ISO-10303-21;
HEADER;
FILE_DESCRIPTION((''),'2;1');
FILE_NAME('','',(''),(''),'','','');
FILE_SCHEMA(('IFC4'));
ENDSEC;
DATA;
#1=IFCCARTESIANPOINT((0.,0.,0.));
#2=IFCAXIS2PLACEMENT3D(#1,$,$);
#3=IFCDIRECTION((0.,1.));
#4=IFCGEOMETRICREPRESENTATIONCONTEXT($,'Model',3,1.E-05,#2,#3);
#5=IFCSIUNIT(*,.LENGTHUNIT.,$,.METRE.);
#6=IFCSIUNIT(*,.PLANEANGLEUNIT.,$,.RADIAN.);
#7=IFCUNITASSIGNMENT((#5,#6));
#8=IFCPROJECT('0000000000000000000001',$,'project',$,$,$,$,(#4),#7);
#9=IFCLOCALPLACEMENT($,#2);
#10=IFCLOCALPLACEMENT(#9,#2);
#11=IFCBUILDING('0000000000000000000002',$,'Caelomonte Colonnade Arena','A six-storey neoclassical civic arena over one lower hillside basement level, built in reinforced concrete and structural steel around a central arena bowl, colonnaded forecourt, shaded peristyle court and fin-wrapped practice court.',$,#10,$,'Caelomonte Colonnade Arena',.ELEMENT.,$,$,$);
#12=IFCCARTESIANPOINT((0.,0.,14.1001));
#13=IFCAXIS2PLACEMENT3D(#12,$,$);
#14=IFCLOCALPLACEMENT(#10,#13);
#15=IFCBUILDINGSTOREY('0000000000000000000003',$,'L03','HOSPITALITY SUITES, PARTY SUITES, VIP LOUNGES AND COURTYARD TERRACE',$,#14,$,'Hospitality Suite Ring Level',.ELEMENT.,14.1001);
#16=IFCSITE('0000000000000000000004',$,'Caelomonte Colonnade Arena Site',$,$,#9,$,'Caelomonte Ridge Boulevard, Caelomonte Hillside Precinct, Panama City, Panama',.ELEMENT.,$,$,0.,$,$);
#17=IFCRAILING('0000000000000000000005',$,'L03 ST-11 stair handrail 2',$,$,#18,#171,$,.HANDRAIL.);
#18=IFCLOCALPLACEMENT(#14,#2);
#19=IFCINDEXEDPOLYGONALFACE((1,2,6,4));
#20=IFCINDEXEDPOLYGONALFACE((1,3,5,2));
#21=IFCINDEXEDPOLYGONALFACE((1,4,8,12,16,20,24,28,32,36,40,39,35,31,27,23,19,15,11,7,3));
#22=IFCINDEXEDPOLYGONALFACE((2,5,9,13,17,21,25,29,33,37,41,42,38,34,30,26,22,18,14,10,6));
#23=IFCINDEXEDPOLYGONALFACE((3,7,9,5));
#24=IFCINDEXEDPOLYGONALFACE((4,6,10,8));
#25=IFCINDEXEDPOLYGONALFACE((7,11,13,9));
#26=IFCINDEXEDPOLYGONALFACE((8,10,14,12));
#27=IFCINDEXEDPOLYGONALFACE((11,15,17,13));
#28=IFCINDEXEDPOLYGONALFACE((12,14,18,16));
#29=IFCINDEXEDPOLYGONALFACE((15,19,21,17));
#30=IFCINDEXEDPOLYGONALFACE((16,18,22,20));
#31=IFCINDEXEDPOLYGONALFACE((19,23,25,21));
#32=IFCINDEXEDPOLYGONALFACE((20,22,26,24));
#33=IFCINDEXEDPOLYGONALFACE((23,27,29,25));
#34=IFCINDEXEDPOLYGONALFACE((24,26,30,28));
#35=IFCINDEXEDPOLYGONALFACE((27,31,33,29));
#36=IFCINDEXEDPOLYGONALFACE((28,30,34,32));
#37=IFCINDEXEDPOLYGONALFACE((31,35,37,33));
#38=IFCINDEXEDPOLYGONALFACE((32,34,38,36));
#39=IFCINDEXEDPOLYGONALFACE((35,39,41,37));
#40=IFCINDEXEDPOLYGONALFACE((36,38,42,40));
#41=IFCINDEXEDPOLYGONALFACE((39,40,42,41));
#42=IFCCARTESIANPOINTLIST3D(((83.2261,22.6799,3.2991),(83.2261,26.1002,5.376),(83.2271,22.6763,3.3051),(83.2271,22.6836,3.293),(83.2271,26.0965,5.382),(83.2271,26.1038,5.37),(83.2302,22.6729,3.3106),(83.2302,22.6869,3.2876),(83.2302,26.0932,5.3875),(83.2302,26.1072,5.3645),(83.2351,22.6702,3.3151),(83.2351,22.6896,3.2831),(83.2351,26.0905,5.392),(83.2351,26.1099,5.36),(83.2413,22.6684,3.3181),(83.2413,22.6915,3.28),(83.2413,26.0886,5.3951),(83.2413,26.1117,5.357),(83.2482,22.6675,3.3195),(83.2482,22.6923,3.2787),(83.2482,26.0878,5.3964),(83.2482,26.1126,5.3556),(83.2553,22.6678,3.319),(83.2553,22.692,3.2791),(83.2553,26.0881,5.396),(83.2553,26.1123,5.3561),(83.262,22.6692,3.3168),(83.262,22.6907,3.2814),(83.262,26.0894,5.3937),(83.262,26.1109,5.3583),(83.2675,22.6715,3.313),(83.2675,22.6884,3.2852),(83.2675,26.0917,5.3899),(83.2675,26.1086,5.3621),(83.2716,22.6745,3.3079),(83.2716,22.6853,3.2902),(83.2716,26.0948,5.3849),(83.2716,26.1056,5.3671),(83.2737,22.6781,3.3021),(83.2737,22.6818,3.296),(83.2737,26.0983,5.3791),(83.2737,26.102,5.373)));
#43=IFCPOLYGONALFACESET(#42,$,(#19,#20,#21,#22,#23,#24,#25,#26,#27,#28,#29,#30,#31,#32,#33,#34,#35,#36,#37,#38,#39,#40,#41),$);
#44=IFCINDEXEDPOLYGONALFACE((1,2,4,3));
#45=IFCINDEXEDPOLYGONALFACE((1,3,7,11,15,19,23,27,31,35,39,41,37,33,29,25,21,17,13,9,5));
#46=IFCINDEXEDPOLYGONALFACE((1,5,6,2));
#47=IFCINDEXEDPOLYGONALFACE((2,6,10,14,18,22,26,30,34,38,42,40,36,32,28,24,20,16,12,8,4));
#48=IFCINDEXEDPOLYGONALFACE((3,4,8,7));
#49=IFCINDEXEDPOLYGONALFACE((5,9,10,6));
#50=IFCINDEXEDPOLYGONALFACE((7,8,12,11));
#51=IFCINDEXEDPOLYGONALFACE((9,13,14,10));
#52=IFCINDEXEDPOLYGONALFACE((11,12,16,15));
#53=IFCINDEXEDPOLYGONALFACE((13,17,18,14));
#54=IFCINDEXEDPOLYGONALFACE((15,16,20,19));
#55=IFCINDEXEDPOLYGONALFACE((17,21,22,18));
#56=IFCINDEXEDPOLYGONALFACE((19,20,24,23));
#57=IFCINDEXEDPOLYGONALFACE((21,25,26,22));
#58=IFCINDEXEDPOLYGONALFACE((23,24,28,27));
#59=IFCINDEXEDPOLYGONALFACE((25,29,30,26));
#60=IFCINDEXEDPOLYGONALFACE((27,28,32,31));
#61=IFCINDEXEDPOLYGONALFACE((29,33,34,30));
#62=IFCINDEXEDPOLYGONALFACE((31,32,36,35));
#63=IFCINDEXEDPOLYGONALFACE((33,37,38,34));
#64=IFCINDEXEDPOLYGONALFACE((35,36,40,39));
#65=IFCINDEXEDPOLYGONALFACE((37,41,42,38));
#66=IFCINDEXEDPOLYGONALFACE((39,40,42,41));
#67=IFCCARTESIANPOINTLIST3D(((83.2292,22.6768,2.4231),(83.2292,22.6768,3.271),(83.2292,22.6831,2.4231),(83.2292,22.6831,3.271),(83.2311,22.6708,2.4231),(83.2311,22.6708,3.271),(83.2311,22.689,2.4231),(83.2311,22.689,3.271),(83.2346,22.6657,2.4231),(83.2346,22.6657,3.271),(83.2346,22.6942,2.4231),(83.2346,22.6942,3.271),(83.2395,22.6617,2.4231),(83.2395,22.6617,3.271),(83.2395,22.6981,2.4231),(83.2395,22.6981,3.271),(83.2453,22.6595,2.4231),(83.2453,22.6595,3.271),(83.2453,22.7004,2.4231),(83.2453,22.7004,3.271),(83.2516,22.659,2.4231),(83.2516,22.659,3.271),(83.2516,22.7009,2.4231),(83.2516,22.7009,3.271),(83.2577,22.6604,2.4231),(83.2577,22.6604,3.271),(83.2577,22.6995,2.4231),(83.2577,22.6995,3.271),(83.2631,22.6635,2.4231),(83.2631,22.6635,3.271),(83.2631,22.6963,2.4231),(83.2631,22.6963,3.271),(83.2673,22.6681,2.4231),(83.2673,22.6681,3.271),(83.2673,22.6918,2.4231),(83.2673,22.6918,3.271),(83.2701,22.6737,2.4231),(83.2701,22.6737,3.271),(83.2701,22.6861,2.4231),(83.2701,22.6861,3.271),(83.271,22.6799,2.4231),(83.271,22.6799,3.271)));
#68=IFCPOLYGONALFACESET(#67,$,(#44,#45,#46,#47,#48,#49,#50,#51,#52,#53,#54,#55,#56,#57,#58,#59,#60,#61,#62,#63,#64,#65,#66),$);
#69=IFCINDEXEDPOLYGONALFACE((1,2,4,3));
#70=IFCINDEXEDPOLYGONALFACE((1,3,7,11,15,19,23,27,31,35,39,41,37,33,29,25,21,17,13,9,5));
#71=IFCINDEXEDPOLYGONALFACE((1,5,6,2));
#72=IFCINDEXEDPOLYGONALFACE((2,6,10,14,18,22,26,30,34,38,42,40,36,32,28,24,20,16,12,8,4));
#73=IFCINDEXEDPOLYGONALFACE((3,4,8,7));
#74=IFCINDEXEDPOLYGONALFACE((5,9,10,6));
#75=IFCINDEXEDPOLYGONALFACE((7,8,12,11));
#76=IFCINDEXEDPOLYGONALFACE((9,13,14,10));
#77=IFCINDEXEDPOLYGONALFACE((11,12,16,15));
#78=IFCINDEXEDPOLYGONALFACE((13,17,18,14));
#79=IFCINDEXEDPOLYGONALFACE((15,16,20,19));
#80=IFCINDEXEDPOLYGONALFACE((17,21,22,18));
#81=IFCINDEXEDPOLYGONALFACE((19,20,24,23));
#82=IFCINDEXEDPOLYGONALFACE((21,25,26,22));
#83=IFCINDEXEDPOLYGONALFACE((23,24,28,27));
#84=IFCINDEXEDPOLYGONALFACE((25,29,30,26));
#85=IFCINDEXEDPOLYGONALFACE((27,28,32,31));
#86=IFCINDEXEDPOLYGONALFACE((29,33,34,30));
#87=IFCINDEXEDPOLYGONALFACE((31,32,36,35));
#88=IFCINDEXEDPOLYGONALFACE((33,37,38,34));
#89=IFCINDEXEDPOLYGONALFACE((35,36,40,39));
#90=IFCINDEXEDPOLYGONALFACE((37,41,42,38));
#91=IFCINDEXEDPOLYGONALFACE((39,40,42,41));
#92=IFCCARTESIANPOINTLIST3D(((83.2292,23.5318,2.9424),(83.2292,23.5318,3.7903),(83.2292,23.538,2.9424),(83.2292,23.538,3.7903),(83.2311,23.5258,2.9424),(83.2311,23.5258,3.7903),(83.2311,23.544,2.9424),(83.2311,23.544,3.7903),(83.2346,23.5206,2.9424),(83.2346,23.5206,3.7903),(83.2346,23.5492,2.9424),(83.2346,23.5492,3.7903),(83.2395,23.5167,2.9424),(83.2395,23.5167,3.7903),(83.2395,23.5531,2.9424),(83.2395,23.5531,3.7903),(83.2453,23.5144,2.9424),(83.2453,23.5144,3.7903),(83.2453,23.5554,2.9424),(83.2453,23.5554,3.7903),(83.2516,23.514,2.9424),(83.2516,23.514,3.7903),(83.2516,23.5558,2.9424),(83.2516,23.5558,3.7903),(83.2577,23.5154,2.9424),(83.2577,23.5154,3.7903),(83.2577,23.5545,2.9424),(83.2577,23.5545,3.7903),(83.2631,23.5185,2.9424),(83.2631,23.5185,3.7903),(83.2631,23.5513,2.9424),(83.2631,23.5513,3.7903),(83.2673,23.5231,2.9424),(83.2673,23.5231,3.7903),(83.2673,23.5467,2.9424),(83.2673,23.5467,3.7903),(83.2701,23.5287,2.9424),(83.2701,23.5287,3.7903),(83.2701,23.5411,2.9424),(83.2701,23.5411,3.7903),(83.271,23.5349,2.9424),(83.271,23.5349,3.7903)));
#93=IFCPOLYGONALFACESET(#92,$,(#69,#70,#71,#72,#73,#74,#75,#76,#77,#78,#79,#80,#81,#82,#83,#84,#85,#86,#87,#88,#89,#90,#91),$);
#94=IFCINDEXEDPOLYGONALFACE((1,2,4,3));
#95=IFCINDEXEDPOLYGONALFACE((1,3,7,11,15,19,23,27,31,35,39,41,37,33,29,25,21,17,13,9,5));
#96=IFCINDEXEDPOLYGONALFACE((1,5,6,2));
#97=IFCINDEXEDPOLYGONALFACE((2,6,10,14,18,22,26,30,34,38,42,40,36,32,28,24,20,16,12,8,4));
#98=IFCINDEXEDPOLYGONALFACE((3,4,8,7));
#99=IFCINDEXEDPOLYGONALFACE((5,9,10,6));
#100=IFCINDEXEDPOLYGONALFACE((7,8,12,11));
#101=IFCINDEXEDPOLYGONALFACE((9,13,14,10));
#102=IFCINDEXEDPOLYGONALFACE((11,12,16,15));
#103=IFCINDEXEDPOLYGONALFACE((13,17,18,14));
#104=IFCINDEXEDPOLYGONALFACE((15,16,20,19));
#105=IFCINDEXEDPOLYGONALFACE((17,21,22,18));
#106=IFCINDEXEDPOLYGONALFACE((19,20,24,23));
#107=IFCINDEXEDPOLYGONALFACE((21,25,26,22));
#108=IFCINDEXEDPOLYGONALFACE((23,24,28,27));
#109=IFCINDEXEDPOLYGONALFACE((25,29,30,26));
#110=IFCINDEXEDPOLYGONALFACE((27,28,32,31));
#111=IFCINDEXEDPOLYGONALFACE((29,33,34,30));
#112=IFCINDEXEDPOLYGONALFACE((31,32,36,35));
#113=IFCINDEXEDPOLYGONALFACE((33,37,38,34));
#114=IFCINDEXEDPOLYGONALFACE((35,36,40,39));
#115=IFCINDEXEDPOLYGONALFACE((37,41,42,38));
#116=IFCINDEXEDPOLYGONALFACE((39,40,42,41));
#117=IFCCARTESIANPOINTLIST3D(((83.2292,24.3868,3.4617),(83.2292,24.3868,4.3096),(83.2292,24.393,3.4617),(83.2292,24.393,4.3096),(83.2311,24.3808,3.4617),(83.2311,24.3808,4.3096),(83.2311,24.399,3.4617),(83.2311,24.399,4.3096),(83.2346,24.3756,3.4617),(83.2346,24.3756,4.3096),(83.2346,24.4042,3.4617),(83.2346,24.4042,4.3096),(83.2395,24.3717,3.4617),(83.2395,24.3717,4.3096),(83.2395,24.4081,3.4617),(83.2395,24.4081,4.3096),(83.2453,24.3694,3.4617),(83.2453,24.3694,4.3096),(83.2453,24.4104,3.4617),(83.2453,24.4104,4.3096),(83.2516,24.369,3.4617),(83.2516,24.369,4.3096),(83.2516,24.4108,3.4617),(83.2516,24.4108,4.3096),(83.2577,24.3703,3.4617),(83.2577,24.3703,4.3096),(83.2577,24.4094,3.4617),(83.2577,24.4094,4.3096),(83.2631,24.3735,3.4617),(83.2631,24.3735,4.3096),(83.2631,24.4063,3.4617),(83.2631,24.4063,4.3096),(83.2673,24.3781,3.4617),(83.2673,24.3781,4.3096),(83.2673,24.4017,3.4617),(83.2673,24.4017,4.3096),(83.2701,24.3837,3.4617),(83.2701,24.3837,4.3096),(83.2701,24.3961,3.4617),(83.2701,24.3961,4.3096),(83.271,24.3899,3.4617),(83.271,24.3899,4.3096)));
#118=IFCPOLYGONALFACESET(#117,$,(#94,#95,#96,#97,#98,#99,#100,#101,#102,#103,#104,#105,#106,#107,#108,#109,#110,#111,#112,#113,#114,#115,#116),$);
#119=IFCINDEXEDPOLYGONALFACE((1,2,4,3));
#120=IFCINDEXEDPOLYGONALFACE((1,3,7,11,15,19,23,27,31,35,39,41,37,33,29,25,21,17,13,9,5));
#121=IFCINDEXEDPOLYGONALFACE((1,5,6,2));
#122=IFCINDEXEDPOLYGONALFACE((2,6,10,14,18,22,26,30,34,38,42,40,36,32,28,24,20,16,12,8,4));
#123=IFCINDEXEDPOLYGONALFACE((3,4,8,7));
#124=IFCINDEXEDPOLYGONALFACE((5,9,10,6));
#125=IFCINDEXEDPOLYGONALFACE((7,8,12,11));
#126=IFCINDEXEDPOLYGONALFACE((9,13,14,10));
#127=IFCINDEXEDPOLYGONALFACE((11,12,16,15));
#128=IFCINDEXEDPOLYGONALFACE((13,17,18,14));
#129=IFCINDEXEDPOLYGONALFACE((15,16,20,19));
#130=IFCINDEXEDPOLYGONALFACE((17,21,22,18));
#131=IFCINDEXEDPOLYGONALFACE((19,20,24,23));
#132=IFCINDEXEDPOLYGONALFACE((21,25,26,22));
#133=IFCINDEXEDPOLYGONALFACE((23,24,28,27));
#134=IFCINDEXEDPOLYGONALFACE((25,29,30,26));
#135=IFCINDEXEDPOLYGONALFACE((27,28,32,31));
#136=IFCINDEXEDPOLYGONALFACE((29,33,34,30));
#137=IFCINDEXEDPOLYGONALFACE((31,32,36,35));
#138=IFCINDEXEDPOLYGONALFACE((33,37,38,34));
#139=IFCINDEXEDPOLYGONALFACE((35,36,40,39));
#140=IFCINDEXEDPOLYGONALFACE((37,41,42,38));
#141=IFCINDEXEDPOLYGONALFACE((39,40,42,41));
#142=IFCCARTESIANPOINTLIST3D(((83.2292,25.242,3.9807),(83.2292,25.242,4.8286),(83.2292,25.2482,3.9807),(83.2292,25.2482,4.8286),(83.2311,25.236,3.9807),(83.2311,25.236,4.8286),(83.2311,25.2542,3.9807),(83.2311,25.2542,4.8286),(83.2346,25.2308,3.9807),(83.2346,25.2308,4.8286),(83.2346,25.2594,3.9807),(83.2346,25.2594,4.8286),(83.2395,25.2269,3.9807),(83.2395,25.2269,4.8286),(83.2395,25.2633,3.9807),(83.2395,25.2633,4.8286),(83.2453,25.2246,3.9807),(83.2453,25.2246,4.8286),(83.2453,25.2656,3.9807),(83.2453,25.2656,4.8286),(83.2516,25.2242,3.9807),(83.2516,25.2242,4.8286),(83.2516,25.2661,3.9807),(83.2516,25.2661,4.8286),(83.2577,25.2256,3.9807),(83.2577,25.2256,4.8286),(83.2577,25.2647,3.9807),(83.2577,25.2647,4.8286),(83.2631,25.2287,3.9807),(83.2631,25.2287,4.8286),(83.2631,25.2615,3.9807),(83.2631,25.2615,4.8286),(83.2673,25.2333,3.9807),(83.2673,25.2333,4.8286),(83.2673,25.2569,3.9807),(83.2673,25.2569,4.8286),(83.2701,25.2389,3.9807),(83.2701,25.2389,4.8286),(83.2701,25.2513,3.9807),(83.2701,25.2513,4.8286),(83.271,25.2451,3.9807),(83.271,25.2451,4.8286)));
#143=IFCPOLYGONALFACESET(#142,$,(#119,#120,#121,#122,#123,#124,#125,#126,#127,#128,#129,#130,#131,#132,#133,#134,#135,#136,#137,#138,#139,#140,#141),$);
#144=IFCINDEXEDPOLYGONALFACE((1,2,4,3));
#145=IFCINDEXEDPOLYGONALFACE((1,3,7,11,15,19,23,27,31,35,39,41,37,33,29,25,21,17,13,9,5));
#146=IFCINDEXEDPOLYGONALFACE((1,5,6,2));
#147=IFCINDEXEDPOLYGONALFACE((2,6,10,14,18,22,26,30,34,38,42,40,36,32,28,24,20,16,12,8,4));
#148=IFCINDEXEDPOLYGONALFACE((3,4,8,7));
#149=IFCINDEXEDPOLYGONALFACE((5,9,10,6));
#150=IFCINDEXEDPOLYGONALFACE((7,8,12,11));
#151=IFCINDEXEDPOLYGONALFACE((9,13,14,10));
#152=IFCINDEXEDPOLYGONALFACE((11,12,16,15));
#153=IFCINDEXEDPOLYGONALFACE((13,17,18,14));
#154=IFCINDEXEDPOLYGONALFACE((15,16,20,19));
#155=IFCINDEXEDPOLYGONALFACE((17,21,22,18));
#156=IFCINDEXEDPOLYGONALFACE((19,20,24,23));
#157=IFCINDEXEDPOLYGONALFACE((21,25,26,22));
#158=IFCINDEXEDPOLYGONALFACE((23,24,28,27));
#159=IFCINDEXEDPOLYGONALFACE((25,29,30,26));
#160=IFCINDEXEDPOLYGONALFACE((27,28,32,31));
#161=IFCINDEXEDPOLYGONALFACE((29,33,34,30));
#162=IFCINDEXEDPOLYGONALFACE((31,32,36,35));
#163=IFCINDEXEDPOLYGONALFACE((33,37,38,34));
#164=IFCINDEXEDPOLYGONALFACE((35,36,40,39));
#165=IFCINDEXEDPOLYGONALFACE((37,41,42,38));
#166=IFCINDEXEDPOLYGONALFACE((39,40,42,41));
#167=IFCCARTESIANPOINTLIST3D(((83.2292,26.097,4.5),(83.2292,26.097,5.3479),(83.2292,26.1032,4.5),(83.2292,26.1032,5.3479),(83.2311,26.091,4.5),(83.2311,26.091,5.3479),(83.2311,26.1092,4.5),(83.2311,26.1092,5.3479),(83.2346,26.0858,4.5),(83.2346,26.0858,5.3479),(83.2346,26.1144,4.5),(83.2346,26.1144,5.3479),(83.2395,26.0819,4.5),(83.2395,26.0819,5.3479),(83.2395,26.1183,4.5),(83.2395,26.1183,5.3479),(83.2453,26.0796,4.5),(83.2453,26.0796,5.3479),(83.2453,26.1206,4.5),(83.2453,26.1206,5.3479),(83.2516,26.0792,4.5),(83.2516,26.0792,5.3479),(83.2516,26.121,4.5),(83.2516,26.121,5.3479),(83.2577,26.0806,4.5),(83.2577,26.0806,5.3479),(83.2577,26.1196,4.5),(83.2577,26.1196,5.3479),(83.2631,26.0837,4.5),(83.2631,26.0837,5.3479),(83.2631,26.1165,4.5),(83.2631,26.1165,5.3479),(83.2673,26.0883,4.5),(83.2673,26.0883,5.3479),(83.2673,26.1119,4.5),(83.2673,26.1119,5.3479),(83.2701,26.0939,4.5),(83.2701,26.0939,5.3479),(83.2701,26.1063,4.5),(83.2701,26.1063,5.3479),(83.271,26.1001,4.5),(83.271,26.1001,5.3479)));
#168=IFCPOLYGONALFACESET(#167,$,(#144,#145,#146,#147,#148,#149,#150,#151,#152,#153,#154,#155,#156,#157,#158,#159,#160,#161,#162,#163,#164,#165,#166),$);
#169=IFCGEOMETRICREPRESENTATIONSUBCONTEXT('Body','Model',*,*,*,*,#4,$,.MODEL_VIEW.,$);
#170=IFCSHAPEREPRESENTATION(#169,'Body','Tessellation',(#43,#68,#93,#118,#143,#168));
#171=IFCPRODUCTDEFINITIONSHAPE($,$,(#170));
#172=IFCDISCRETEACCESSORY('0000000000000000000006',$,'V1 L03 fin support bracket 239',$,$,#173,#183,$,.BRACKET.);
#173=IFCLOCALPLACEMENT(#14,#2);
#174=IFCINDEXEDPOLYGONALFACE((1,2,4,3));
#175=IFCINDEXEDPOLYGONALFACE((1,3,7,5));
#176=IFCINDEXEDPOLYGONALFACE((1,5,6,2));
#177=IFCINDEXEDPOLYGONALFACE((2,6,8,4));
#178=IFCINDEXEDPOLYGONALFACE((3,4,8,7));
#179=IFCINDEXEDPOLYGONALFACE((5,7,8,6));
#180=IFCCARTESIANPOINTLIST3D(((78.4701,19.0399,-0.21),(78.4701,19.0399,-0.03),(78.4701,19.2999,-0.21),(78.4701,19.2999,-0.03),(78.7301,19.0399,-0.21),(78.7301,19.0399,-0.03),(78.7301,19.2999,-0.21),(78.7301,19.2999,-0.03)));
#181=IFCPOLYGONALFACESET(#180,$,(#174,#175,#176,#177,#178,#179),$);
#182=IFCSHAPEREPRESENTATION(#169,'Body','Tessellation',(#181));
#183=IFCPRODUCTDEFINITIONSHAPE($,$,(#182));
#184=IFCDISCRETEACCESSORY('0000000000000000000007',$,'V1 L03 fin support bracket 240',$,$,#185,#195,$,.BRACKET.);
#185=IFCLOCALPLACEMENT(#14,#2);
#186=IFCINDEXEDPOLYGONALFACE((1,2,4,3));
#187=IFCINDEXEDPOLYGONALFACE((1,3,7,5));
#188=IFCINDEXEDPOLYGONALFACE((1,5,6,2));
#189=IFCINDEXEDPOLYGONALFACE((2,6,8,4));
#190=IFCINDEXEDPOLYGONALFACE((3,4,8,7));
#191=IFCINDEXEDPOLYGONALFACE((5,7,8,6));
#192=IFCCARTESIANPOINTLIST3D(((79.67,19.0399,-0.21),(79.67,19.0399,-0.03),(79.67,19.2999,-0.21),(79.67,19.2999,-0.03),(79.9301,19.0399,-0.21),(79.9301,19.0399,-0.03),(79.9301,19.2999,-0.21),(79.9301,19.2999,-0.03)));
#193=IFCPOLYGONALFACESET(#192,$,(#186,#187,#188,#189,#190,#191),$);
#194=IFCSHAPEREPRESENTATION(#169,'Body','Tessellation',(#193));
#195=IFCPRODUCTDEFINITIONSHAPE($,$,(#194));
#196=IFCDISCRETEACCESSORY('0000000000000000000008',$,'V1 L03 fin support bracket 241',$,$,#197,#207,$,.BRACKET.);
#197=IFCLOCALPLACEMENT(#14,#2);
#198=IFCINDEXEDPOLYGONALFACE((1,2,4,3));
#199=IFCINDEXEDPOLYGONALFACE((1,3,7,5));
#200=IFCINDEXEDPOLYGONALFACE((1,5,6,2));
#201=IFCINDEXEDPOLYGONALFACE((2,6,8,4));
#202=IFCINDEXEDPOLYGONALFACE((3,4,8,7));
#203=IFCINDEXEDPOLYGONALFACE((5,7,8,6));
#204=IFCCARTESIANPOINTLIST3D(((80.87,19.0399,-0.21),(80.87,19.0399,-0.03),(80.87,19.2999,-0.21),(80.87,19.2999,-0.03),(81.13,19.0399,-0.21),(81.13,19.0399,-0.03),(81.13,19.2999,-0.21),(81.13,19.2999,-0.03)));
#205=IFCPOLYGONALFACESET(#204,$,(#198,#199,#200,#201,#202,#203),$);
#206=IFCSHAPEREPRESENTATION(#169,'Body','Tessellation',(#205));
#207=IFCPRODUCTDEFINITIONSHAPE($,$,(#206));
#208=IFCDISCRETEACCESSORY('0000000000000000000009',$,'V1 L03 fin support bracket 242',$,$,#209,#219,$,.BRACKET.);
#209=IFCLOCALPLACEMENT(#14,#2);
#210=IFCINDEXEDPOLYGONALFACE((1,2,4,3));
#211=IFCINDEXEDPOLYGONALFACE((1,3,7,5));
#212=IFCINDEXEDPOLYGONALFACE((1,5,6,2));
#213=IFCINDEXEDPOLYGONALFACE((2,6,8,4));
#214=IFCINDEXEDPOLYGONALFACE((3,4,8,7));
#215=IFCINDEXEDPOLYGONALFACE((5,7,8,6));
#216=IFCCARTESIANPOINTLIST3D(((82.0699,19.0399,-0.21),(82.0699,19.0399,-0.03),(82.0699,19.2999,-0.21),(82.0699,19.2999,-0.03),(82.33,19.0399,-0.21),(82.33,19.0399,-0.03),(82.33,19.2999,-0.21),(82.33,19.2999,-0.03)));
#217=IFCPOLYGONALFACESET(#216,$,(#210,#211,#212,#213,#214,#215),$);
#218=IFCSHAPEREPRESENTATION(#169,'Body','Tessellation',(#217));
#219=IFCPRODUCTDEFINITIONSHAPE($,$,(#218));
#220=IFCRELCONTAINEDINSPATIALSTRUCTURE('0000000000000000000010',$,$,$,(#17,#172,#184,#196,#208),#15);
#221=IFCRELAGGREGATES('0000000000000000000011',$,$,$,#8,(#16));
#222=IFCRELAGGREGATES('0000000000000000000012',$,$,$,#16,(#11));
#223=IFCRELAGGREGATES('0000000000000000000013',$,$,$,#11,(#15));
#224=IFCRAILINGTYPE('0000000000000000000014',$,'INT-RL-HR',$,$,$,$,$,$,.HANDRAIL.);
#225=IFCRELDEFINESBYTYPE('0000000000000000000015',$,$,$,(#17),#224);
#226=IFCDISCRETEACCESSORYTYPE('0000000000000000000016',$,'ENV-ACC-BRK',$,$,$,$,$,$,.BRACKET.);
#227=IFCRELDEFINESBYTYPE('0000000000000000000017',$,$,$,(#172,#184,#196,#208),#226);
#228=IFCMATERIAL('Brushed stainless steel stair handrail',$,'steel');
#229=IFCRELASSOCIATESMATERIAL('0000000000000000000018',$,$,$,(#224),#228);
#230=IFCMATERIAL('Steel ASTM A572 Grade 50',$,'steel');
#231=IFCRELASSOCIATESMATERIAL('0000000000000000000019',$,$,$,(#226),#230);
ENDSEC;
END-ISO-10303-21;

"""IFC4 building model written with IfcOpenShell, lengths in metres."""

from ifc_helpers import new_model, si_unit, direction, frame, origin, origin_2d, place, context, subcontext, project, spatial, rectangle, circle, extrude, material, type_object, element, save


model = new_model("IFC4")

# Units and contexts
model_context = context("Model", 3, precision=1e-05, world=origin(), true_north=direction((0.0, 1.0)))
body_context = subcontext(model_context, "Body", "Model", "MODEL_VIEW")
ifc_project = project(units=[si_unit("LENGTHUNIT", "METRE"), si_unit("PLANEANGLEUNIT", "RADIAN")], contexts=[model_context])

# Site, building, storey
site_placement = place(None, origin())
site = spatial("IfcSite", under=ifc_project, at=site_placement, Name="Caelomonte Colonnade Arena Site", LongName="Caelomonte Ridge Boulevard, Caelomonte Hillside Precinct, Panama City, Panama", CompositionType="ELEMENT", RefElevation=0.0)
building_placement = place(site_placement, origin())
building = spatial("IfcBuilding", under=site, at=building_placement, Name="Caelomonte Colonnade Arena", Description="A six-storey neoclassical civic arena over one lower hillside basement level, built in reinforced concrete and structural steel around a central arena bowl, colonnaded forecourt, shaded peristyle court and fin-wrapped practice court.", LongName="Caelomonte Colonnade Arena", CompositionType="ELEMENT")
storey_placement = place(building_placement, frame((0.0, 0.0, 14.1001)))
storey = spatial("IfcBuildingStorey", under=building, at=storey_placement, Name="L03", Description="HOSPITALITY SUITES, PARTY SUITES, VIP LOUNGES AND COURTYARD TERRACE", LongName="Hospitality Suite Ring Level", CompositionType="ELEMENT", Elevation=14.1001)

# Railing
ifc_material_1 = material(Name="Brushed stainless steel stair handrail", Category="steel")
railing_type_1 = type_object("IfcRailingType", Name="INT-RL-HR", PredefinedType="HANDRAIL", material=ifc_material_1)
railing_1_placement = place(storey_placement, frame((83.25, 22.6799, 2.4231)))
element("IfcRailing", 1, at=railing_1_placement, inside=storey, type_object=railing_type_1, Name="L03 ST-11 stair handrail 2", PredefinedType="HANDRAIL", context=body_context, shape_type="SweptSolid", body=[
    extrude(circle(Radius=0.0239, at=origin_2d()), frame((0.0, 0.0, 0.876), z_axis=(0.0, 0.854746, 0.519047), x_axis=(-1.0, 0.0, 0.0)), (0.0, 0.0, 1.0), 4.0015),
    extrude(circle(Radius=0.021, at=origin_2d()), origin(), (0.0, 0.0, 1.0), 0.8479),
    extrude(circle(Radius=0.021, at=origin_2d()), frame((0.0, 0.855, 0.5193)), (0.0, 0.0, 1.0), 0.8479),
    extrude(circle(Radius=0.021, at=origin_2d()), frame((0.0, 1.71, 1.0386)), (0.0, 0.0, 1.0), 0.8479),
    extrude(circle(Radius=0.021, at=origin_2d()), frame((0.0, 2.5652, 1.5576)), (0.0, 0.0, 1.0), 0.8479),
    extrude(circle(Radius=0.021, at=origin_2d()), frame((0.0, 3.4202, 2.0769)), (0.0, 0.0, 1.0), 0.8479),
])

# Discrete accessories
ifc_material_2 = material(Name="Steel ASTM A572 Grade 50", Category="steel")
discrete_accessory_type = type_object("IfcDiscreteAccessoryType", Name="ENV-ACC-BRK", PredefinedType="BRACKET", material=ifc_material_2)
for number, where, z_axis, x_axis, name in (
    (2, (78.6001, 19.1699, -0.21), (0.0, 0.0, 1.0), (1.0, 0.0, 0.0), "V1 L03 fin support bracket 239"),
    (3, (79.8, 19.1699, -0.21), (0.0, 0.0, 1.0), (1.0, 0.0, 0.0), "V1 L03 fin support bracket 240"),
    (4, (81.0, 19.1699, -0.21), (0.0, 0.0, 1.0), (1.0, 0.0, 0.0), "V1 L03 fin support bracket 241"),
    (5, (82.2, 19.1699, -0.21), (0.0, 0.0, 1.0), (1.0, 0.0, 0.0), "V1 L03 fin support bracket 242"),
):
    element("IfcDiscreteAccessory", number, at=place(storey_placement, frame(where, z_axis=z_axis, x_axis=x_axis)), inside=storey, type_object=discrete_accessory_type, Name=name, PredefinedType="BRACKET", context=body_context, shape_type="SweptSolid", body=[
        extrude(rectangle(XDim=0.26, YDim=0.26, at=origin_2d()), origin(), (0.0, 0.0, 1.0), 0.1799),
    ])

save(model, "model.ifc")
